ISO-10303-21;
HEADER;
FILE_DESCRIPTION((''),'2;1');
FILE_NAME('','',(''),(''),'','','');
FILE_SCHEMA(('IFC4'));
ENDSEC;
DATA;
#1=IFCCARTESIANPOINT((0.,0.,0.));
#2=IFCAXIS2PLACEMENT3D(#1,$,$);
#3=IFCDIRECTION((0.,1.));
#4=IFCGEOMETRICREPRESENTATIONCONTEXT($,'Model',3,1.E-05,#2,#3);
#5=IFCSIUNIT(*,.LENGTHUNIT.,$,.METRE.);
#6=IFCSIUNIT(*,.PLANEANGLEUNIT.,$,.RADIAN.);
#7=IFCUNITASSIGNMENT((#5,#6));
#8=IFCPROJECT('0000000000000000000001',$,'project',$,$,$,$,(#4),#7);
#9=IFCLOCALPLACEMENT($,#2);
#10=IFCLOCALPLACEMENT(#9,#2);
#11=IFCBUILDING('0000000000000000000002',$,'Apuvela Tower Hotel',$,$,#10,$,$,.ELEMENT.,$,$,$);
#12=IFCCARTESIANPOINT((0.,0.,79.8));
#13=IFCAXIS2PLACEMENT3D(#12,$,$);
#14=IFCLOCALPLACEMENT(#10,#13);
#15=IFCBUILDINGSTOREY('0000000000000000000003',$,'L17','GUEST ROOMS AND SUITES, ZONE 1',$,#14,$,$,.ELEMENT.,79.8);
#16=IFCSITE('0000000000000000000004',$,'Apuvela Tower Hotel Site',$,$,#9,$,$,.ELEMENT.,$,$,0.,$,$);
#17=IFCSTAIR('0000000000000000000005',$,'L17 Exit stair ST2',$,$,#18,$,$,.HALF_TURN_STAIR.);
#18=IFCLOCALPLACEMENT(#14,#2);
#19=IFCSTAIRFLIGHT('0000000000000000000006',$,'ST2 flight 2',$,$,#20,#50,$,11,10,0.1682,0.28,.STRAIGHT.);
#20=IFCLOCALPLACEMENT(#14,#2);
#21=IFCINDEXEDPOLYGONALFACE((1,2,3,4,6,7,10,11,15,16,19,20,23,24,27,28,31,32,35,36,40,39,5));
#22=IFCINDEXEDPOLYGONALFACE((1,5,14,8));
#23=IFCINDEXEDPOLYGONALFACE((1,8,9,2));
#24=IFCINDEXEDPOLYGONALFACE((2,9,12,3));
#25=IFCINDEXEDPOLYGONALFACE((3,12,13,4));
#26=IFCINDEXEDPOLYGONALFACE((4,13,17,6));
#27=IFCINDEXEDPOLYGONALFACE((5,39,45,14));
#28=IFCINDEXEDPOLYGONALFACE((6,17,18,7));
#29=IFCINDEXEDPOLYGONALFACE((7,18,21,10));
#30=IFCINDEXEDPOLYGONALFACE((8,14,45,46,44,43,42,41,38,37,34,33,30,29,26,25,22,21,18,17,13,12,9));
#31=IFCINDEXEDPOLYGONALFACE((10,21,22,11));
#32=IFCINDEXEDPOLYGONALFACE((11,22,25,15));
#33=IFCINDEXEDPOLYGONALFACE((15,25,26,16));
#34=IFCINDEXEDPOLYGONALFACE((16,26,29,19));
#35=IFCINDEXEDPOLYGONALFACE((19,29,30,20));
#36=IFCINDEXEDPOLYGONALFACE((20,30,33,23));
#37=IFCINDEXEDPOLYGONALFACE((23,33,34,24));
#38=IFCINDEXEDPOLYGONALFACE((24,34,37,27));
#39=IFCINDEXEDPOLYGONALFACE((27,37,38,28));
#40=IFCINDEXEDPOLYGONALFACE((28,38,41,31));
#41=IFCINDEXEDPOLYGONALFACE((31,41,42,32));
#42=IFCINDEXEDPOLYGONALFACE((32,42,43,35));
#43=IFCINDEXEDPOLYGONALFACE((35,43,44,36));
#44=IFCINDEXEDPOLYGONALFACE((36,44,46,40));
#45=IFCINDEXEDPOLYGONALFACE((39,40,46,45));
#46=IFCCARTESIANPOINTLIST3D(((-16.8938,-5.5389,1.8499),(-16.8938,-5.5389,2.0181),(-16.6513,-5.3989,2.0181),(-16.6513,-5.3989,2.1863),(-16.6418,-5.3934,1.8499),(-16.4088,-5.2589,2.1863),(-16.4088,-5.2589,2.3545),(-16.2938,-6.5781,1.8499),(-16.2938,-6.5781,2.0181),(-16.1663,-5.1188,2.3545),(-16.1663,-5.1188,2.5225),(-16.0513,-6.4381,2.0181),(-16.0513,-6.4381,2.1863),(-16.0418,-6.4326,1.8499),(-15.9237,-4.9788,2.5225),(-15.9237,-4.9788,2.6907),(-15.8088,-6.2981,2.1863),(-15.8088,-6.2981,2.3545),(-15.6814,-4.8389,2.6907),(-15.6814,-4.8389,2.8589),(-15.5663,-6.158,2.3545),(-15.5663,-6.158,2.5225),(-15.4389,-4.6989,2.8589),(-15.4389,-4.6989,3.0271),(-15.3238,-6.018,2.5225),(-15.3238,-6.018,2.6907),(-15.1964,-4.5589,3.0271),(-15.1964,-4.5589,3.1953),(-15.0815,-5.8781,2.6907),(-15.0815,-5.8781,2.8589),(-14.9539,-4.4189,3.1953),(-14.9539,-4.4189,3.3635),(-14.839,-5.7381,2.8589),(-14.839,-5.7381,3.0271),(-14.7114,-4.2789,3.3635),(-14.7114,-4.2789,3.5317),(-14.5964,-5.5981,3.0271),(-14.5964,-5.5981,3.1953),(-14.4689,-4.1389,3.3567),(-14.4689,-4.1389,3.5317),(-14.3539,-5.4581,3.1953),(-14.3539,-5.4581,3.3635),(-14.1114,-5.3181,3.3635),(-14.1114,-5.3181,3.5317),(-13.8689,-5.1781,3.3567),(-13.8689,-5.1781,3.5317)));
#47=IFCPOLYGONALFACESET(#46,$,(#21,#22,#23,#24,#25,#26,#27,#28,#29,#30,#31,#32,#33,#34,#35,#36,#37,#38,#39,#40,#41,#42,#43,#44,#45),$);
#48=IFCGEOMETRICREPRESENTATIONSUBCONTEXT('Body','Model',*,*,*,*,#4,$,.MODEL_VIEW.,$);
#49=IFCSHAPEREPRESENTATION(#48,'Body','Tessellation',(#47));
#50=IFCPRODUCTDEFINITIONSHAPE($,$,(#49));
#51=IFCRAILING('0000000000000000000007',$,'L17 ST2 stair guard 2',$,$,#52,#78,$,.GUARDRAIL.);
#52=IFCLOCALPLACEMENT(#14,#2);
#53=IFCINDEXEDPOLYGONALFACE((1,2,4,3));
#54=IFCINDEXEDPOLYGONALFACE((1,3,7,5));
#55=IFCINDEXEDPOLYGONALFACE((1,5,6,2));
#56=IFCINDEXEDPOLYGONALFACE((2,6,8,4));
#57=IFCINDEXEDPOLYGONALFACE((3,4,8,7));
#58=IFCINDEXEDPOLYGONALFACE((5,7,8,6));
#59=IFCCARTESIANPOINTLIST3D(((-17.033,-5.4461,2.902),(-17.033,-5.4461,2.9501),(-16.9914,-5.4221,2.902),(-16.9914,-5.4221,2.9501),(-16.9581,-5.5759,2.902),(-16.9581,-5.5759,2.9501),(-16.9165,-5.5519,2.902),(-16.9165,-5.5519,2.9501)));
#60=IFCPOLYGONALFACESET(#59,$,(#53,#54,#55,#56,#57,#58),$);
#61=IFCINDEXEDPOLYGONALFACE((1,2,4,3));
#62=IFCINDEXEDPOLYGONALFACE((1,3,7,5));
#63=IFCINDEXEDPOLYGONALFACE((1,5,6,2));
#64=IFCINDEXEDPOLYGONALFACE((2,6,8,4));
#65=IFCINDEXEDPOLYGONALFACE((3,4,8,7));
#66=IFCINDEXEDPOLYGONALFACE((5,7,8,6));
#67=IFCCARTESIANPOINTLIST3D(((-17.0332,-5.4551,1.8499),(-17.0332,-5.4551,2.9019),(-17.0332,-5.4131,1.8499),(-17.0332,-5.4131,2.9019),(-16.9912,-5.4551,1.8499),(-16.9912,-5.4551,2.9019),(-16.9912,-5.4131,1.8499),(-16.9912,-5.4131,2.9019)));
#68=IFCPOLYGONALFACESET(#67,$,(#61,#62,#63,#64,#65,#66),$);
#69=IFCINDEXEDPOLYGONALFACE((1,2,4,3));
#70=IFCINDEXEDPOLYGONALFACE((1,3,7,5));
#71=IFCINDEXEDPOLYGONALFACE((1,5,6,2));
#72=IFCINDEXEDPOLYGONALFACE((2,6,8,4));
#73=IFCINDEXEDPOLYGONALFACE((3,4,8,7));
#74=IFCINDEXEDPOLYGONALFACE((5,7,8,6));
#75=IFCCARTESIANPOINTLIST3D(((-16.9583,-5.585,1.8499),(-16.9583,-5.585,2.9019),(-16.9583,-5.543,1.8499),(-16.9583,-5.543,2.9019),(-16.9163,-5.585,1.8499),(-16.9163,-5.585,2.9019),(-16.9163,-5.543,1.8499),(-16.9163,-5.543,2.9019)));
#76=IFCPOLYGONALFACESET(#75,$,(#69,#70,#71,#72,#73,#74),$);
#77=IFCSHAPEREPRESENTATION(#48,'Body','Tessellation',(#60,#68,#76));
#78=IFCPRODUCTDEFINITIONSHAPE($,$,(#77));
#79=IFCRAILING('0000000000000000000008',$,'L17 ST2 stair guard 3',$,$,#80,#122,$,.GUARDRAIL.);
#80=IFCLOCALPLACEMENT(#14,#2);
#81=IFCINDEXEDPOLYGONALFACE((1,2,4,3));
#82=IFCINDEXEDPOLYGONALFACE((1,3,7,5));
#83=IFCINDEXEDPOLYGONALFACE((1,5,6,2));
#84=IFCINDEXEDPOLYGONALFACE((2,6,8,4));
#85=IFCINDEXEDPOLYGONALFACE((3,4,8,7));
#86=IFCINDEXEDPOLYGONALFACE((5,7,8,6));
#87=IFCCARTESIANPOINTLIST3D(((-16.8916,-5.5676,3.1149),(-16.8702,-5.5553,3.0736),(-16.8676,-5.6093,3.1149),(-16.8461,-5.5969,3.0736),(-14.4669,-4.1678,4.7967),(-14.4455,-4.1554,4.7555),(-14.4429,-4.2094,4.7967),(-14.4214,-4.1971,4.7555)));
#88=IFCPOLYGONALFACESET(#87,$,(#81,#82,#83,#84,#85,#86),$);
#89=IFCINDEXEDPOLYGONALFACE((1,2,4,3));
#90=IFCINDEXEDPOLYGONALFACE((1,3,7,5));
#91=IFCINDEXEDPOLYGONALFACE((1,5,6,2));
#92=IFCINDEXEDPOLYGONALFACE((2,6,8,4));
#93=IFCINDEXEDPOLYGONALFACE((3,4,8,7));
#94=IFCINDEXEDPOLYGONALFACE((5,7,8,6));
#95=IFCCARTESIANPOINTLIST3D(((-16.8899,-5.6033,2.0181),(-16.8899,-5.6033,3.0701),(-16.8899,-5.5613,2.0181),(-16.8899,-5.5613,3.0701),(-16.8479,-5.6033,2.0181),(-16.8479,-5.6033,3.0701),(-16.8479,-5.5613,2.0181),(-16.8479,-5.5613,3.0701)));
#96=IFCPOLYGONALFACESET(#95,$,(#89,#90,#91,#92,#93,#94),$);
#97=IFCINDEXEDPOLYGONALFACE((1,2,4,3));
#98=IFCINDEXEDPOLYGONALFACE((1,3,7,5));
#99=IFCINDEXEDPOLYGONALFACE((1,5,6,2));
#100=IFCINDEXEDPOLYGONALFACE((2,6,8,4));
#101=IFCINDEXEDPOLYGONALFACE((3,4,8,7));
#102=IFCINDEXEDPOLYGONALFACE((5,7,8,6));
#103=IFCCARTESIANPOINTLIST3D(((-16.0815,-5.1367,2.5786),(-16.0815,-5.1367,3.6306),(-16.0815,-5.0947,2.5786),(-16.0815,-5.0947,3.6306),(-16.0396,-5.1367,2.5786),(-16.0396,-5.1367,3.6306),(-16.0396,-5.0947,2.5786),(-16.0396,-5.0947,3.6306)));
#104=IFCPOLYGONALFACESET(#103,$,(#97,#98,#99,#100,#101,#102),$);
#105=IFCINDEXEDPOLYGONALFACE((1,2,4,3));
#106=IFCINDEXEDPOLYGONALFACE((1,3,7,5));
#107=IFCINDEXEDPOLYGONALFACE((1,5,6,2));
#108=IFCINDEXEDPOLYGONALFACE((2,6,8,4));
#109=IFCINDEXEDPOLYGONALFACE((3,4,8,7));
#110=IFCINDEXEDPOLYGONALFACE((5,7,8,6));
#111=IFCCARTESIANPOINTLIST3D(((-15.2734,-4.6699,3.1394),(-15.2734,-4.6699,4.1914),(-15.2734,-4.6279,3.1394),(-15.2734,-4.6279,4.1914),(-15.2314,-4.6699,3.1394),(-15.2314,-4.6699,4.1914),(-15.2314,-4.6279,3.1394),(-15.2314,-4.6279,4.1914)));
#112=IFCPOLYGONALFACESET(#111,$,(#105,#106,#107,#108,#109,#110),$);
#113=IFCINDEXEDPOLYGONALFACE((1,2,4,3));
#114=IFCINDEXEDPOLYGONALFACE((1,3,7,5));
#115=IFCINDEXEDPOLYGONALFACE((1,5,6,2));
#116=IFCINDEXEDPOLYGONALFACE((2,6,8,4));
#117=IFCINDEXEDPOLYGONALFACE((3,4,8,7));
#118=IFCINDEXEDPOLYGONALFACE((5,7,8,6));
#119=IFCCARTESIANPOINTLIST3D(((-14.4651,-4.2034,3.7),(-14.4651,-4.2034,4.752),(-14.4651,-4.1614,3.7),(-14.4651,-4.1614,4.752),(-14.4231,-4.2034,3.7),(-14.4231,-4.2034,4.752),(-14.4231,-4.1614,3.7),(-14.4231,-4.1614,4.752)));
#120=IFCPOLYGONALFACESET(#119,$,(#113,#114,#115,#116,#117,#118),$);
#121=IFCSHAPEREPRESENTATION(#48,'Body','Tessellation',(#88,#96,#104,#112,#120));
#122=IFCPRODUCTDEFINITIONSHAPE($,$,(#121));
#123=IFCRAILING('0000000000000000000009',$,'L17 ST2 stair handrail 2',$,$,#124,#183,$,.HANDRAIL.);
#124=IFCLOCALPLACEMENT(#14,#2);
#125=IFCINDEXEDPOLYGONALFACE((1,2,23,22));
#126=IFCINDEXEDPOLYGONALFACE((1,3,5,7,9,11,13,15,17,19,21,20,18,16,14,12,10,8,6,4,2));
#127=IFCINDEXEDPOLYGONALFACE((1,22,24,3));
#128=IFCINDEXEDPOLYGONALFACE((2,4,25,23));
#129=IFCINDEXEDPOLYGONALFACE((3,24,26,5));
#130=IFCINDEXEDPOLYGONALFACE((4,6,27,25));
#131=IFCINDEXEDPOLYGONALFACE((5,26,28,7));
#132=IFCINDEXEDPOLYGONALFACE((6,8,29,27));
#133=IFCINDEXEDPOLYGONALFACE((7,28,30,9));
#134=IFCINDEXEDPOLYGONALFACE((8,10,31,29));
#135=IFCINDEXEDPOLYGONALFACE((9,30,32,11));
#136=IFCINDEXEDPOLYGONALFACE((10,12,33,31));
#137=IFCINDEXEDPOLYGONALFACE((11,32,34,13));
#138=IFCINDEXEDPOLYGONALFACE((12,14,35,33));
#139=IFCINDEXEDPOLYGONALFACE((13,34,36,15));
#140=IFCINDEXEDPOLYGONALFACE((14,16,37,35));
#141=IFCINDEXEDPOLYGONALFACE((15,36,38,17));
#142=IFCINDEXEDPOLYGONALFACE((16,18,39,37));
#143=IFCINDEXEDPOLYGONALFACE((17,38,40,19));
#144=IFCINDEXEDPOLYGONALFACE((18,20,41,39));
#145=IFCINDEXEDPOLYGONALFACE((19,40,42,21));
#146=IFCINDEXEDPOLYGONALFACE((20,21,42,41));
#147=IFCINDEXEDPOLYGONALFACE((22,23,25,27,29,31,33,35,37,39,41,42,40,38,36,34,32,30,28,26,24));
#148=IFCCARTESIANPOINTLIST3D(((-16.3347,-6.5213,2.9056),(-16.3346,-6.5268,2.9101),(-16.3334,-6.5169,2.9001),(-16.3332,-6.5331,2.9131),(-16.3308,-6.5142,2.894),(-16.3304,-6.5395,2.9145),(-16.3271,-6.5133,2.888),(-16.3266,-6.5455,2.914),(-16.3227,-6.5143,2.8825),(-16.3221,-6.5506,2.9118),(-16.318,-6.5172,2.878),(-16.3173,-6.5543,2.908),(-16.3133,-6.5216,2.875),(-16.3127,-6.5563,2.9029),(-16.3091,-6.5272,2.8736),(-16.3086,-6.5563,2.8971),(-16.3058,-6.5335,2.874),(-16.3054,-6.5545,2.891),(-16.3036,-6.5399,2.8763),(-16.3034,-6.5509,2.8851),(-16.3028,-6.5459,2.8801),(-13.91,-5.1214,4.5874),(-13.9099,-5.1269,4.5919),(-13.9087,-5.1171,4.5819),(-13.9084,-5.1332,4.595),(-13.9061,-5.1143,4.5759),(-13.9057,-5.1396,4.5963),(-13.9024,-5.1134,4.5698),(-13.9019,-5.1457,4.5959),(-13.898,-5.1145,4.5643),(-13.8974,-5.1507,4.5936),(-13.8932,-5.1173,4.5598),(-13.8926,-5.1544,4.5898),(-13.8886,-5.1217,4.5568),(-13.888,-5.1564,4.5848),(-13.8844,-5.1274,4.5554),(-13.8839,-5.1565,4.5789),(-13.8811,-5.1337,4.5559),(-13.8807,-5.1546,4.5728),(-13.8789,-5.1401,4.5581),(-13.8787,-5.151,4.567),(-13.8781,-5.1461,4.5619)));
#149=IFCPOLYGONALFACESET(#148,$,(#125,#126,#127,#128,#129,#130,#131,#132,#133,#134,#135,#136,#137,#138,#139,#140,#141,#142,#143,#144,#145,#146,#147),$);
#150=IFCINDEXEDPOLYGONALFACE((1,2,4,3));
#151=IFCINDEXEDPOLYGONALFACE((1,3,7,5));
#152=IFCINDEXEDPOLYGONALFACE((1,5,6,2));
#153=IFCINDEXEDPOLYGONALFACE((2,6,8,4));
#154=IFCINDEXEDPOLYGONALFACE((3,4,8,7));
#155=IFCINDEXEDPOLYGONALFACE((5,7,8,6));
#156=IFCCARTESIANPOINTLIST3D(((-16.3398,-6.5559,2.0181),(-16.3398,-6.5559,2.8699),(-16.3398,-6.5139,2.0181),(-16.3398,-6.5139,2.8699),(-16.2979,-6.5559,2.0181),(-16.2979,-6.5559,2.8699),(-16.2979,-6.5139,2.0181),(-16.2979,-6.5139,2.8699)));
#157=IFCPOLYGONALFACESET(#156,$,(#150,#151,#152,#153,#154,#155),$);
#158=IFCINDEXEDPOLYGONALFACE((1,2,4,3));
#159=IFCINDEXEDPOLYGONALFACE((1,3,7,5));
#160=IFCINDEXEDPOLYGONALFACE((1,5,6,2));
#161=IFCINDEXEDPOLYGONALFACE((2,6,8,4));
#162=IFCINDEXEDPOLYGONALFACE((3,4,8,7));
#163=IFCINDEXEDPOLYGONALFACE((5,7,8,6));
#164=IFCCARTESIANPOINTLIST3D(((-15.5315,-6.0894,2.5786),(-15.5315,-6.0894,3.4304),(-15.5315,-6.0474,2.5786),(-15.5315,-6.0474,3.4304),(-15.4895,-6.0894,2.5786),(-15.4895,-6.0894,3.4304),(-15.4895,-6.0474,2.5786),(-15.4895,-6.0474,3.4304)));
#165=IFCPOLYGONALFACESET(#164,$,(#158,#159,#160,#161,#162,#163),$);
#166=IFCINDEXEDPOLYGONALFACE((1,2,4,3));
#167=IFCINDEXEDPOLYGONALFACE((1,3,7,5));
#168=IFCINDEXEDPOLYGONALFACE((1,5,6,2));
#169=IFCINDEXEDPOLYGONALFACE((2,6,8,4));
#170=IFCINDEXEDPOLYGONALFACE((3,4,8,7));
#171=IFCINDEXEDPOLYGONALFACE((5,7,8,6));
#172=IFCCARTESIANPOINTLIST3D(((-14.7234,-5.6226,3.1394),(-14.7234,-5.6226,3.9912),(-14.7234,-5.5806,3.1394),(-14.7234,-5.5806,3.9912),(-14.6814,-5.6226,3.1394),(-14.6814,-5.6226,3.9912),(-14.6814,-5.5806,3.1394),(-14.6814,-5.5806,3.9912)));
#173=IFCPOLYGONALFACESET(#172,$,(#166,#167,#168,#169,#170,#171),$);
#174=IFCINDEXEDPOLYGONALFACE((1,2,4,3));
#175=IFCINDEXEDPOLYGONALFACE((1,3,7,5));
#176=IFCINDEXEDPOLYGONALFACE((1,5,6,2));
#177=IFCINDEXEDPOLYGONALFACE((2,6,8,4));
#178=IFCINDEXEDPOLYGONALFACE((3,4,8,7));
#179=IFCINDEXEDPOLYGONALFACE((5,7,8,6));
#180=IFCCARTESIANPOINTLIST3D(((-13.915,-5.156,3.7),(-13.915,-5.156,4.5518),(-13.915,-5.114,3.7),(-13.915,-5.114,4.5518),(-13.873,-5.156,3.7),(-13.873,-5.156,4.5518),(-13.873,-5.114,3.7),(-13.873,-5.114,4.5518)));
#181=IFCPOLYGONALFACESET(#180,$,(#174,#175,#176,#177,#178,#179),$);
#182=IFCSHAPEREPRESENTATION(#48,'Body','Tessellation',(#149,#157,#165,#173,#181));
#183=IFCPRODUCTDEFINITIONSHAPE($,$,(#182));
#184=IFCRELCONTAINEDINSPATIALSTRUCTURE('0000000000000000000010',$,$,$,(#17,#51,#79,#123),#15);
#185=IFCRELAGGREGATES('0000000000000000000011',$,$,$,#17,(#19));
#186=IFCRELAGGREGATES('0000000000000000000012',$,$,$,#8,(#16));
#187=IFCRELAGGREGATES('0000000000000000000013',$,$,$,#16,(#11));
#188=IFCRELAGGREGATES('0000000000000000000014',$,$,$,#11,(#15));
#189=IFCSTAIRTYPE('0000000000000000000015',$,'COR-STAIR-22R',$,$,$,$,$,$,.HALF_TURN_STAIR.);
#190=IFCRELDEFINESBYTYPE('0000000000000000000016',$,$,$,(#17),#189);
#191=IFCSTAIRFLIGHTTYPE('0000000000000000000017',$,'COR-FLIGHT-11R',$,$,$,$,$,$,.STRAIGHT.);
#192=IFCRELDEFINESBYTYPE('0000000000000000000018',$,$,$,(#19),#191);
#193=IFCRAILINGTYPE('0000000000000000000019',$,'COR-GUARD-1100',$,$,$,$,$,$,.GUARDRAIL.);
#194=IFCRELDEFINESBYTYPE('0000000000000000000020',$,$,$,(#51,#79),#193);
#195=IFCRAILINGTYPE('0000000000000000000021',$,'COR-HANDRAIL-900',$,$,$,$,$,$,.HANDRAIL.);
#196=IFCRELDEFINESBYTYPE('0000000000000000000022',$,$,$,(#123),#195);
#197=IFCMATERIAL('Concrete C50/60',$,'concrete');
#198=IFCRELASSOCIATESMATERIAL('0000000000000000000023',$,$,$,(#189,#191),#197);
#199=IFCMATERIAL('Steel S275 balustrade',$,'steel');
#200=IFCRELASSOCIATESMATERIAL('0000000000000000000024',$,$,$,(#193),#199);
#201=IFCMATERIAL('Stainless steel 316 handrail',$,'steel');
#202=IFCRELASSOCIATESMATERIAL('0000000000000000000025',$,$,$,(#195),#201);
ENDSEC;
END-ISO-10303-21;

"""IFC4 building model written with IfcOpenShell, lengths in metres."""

from ifc_helpers import new_model, si_unit, direction, frame, origin, origin_2d, place, context, subcontext, project, spatial, polyline, rectangle, circle, outline, extrude, material, type_object, element, aggregate, save


model = new_model("IFC4")

# Units and contexts
model_context = context("Model", 3, precision=1e-05, world=origin(), true_north=direction((0.0, 1.0)))
body_context = subcontext(model_context, "Body", "Model", "MODEL_VIEW")
ifc_project = project(units=[si_unit("LENGTHUNIT", "METRE"), si_unit("PLANEANGLEUNIT", "RADIAN")], contexts=[model_context])

# Site, building, storey
site_placement = place(None, origin())
site = spatial("IfcSite", under=ifc_project, at=site_placement, Name="Apuvela Tower Hotel Site", CompositionType="ELEMENT", RefElevation=0.0)
building_placement = place(site_placement, origin())
building = spatial("IfcBuilding", under=site, at=building_placement, Name="Apuvela Tower Hotel", CompositionType="ELEMENT")
storey_placement = place(building_placement, frame((0.0, 0.0, 79.8)))
storey = spatial("IfcBuildingStorey", under=building, at=storey_placement, Name="L17", Description="GUEST ROOMS AND SUITES, ZONE 1", CompositionType="ELEMENT", Elevation=79.8)

# Shared definitions
ifc_material_1 = material(Name="Concrete C50/60", Category="concrete")

# Stair, stair flight
stair_type = type_object("IfcStairType", Name="COR-STAIR-22R", PredefinedType="HALF_TURN_STAIR", material=ifc_material_1)
stair_placement = place(storey_placement, origin())
stair = element("IfcStair", 1, at=stair_placement, inside=storey, type_object=stair_type, Name="L17 Exit stair ST2", PredefinedType="HALF_TURN_STAIR")
stair_flight_type = type_object("IfcStairFlightType", Name="COR-FLIGHT-11R", PredefinedType="STRAIGHT", material=ifc_material_1)
stair_flight_placement = place(storey_placement, frame((-16.5938, -6.0586, 1.8499), z_axis=(0.0, 0.0, 1.0), x_axis=(0.866025, 0.5, 0.0)))
stair_flight = element("IfcStairFlight", 2, at=stair_flight_placement, type_object=stair_flight_type, Name="ST2 flight 2", NumberOfRisers=11, NumberOfTreads=10, PredefinedType="STRAIGHT", RiserHeight=0.1682, TreadLength=0.28, context=body_context, shape_type="SweptSolid", body=[
    extrude(outline(polyline([(0.0, 0.0), (0.0, 0.1682), (0.28, 0.1682), (0.28, 0.3364), (0.5601, 0.3364), (0.5601, 0.5046), (0.8401, 0.5046), (0.8401, 0.6726), (1.1201, 0.6726), (1.1201, 0.8408), (1.3999, 0.8408), (1.3999, 1.009), (1.6799, 1.009), (1.6799, 1.1772), (1.96, 1.1772), (1.96, 1.3455), (2.24, 1.3455), (2.24, 1.5137), (2.52, 1.5137), (2.52, 1.6819), (2.8, 1.6819), (2.8, 1.8501), (2.8, 1.5068), (0.291, 0.0), (0.0, 0.0)])), frame((0.0, 0.6001, 0.0), z_axis=(0.0, -1.0, 0.0), x_axis=(1.0, 0.0, 0.0)), (0.0, 0.0, 1.0), 1.2),
])
aggregate(stair, [stair_flight])

# Railings
ifc_material_2 = material(Name="Steel S275 balustrade", Category="steel")
railing_type_1 = type_object("IfcRailingType", Name="COR-GUARD-1100", PredefinedType="GUARDRAIL", material=ifc_material_2)
railing_1_placement = place(storey_placement, frame((-17.0122, -5.4341, 1.8499)))
element("IfcRailing", 3, at=railing_1_placement, inside=storey, type_object=railing_type_1, Name="L17 ST2 stair guard 2", PredefinedType="GUARDRAIL", context=body_context, shape_type="SweptSolid", body=[
    extrude(rectangle(XDim=0.0481, YDim=0.0481, at=origin_2d()), frame((0.0, 0.0, 1.0762), z_axis=(0.499816, -0.866131, 0.0), x_axis=(0.866131, 0.499816, 0.0)), (0.0, 0.0, 1.0), 0.1499),
    extrude(rectangle(XDim=0.042, YDim=0.042, at=origin_2d()), origin(), (0.0, 0.0, 1.0), 1.052),
    extrude(rectangle(XDim=0.042, YDim=0.042, at=origin_2d()), frame((0.075, -0.1299, 0.0)), (0.0, 0.0, 1.0), 1.052),
])
railing_2_placement = place(storey_placement, frame((-16.8689, -5.5823, 2.0181)))
element("IfcRailing", 4, at=railing_2_placement, inside=storey, type_object=railing_type_1, Name="L17 ST2 stair guard 3", PredefinedType="GUARDRAIL", context=body_context, shape_type="SweptSolid", body=[
    extrude(rectangle(XDim=0.0481, YDim=0.0481, at=origin_2d()), frame((0.0, 0.0, 1.0762), z_axis=(0.74239, 0.428601, 0.514934), x_axis=(-0.499984, 0.866035, 0.0)), (0.0, 0.0, 1.0), 3.2661),
    extrude(rectangle(XDim=0.042, YDim=0.042, at=origin_2d()), origin(), (0.0, 0.0, 1.0), 1.052),
    extrude(rectangle(XDim=0.042, YDim=0.042, at=origin_2d()), frame((0.8083, 0.4666, 0.5605)), (0.0, 0.0, 1.0), 1.052),
    extrude(rectangle(XDim=0.042, YDim=0.042, at=origin_2d()), frame((1.6165, 0.9333, 1.1213)), (0.0, 0.0, 1.0), 1.052),
    extrude(rectangle(XDim=0.042, YDim=0.042, at=origin_2d()), frame((2.4248, 1.3999, 1.6819)), (0.0, 0.0, 1.0), 1.052),
])
ifc_material_3 = material(Name="Stainless steel 316 handrail", Category="steel")
railing_type_2 = type_object("IfcRailingType", Name="COR-HANDRAIL-900", PredefinedType="HANDRAIL", material=ifc_material_3)
railing_3_placement = place(storey_placement, frame((-16.3188, -6.5349, 2.0181)))
element("IfcRailing", 5, at=railing_3_placement, inside=storey, type_object=railing_type_2, Name="L17 ST2 stair handrail 2", PredefinedType="HANDRAIL", context=body_context, shape_type="SweptSolid", body=[
    extrude(circle(Radius=0.0239, at=origin_2d()), frame((0.0, 0.0, 0.876), z_axis=(0.74239, 0.428601, 0.514934), x_axis=(-0.499984, 0.866035, 0.0)), (0.0, 0.0, 1.0), 3.2661),
    extrude(rectangle(XDim=0.042, YDim=0.042, at=origin_2d()), origin(), (0.0, 0.0, 1.0), 0.8518),
    extrude(rectangle(XDim=0.042, YDim=0.042, at=origin_2d()), frame((0.8083, 0.4666, 0.5605)), (0.0, 0.0, 1.0), 0.8518),
    extrude(rectangle(XDim=0.042, YDim=0.042, at=origin_2d()), frame((1.6165, 0.9333, 1.1213)), (0.0, 0.0, 1.0), 0.8518),
    extrude(rectangle(XDim=0.042, YDim=0.042, at=origin_2d()), frame((2.4248, 1.3999, 1.6819)), (0.0, 0.0, 1.0), 0.8518),
])

save(model, "model.ifc")
